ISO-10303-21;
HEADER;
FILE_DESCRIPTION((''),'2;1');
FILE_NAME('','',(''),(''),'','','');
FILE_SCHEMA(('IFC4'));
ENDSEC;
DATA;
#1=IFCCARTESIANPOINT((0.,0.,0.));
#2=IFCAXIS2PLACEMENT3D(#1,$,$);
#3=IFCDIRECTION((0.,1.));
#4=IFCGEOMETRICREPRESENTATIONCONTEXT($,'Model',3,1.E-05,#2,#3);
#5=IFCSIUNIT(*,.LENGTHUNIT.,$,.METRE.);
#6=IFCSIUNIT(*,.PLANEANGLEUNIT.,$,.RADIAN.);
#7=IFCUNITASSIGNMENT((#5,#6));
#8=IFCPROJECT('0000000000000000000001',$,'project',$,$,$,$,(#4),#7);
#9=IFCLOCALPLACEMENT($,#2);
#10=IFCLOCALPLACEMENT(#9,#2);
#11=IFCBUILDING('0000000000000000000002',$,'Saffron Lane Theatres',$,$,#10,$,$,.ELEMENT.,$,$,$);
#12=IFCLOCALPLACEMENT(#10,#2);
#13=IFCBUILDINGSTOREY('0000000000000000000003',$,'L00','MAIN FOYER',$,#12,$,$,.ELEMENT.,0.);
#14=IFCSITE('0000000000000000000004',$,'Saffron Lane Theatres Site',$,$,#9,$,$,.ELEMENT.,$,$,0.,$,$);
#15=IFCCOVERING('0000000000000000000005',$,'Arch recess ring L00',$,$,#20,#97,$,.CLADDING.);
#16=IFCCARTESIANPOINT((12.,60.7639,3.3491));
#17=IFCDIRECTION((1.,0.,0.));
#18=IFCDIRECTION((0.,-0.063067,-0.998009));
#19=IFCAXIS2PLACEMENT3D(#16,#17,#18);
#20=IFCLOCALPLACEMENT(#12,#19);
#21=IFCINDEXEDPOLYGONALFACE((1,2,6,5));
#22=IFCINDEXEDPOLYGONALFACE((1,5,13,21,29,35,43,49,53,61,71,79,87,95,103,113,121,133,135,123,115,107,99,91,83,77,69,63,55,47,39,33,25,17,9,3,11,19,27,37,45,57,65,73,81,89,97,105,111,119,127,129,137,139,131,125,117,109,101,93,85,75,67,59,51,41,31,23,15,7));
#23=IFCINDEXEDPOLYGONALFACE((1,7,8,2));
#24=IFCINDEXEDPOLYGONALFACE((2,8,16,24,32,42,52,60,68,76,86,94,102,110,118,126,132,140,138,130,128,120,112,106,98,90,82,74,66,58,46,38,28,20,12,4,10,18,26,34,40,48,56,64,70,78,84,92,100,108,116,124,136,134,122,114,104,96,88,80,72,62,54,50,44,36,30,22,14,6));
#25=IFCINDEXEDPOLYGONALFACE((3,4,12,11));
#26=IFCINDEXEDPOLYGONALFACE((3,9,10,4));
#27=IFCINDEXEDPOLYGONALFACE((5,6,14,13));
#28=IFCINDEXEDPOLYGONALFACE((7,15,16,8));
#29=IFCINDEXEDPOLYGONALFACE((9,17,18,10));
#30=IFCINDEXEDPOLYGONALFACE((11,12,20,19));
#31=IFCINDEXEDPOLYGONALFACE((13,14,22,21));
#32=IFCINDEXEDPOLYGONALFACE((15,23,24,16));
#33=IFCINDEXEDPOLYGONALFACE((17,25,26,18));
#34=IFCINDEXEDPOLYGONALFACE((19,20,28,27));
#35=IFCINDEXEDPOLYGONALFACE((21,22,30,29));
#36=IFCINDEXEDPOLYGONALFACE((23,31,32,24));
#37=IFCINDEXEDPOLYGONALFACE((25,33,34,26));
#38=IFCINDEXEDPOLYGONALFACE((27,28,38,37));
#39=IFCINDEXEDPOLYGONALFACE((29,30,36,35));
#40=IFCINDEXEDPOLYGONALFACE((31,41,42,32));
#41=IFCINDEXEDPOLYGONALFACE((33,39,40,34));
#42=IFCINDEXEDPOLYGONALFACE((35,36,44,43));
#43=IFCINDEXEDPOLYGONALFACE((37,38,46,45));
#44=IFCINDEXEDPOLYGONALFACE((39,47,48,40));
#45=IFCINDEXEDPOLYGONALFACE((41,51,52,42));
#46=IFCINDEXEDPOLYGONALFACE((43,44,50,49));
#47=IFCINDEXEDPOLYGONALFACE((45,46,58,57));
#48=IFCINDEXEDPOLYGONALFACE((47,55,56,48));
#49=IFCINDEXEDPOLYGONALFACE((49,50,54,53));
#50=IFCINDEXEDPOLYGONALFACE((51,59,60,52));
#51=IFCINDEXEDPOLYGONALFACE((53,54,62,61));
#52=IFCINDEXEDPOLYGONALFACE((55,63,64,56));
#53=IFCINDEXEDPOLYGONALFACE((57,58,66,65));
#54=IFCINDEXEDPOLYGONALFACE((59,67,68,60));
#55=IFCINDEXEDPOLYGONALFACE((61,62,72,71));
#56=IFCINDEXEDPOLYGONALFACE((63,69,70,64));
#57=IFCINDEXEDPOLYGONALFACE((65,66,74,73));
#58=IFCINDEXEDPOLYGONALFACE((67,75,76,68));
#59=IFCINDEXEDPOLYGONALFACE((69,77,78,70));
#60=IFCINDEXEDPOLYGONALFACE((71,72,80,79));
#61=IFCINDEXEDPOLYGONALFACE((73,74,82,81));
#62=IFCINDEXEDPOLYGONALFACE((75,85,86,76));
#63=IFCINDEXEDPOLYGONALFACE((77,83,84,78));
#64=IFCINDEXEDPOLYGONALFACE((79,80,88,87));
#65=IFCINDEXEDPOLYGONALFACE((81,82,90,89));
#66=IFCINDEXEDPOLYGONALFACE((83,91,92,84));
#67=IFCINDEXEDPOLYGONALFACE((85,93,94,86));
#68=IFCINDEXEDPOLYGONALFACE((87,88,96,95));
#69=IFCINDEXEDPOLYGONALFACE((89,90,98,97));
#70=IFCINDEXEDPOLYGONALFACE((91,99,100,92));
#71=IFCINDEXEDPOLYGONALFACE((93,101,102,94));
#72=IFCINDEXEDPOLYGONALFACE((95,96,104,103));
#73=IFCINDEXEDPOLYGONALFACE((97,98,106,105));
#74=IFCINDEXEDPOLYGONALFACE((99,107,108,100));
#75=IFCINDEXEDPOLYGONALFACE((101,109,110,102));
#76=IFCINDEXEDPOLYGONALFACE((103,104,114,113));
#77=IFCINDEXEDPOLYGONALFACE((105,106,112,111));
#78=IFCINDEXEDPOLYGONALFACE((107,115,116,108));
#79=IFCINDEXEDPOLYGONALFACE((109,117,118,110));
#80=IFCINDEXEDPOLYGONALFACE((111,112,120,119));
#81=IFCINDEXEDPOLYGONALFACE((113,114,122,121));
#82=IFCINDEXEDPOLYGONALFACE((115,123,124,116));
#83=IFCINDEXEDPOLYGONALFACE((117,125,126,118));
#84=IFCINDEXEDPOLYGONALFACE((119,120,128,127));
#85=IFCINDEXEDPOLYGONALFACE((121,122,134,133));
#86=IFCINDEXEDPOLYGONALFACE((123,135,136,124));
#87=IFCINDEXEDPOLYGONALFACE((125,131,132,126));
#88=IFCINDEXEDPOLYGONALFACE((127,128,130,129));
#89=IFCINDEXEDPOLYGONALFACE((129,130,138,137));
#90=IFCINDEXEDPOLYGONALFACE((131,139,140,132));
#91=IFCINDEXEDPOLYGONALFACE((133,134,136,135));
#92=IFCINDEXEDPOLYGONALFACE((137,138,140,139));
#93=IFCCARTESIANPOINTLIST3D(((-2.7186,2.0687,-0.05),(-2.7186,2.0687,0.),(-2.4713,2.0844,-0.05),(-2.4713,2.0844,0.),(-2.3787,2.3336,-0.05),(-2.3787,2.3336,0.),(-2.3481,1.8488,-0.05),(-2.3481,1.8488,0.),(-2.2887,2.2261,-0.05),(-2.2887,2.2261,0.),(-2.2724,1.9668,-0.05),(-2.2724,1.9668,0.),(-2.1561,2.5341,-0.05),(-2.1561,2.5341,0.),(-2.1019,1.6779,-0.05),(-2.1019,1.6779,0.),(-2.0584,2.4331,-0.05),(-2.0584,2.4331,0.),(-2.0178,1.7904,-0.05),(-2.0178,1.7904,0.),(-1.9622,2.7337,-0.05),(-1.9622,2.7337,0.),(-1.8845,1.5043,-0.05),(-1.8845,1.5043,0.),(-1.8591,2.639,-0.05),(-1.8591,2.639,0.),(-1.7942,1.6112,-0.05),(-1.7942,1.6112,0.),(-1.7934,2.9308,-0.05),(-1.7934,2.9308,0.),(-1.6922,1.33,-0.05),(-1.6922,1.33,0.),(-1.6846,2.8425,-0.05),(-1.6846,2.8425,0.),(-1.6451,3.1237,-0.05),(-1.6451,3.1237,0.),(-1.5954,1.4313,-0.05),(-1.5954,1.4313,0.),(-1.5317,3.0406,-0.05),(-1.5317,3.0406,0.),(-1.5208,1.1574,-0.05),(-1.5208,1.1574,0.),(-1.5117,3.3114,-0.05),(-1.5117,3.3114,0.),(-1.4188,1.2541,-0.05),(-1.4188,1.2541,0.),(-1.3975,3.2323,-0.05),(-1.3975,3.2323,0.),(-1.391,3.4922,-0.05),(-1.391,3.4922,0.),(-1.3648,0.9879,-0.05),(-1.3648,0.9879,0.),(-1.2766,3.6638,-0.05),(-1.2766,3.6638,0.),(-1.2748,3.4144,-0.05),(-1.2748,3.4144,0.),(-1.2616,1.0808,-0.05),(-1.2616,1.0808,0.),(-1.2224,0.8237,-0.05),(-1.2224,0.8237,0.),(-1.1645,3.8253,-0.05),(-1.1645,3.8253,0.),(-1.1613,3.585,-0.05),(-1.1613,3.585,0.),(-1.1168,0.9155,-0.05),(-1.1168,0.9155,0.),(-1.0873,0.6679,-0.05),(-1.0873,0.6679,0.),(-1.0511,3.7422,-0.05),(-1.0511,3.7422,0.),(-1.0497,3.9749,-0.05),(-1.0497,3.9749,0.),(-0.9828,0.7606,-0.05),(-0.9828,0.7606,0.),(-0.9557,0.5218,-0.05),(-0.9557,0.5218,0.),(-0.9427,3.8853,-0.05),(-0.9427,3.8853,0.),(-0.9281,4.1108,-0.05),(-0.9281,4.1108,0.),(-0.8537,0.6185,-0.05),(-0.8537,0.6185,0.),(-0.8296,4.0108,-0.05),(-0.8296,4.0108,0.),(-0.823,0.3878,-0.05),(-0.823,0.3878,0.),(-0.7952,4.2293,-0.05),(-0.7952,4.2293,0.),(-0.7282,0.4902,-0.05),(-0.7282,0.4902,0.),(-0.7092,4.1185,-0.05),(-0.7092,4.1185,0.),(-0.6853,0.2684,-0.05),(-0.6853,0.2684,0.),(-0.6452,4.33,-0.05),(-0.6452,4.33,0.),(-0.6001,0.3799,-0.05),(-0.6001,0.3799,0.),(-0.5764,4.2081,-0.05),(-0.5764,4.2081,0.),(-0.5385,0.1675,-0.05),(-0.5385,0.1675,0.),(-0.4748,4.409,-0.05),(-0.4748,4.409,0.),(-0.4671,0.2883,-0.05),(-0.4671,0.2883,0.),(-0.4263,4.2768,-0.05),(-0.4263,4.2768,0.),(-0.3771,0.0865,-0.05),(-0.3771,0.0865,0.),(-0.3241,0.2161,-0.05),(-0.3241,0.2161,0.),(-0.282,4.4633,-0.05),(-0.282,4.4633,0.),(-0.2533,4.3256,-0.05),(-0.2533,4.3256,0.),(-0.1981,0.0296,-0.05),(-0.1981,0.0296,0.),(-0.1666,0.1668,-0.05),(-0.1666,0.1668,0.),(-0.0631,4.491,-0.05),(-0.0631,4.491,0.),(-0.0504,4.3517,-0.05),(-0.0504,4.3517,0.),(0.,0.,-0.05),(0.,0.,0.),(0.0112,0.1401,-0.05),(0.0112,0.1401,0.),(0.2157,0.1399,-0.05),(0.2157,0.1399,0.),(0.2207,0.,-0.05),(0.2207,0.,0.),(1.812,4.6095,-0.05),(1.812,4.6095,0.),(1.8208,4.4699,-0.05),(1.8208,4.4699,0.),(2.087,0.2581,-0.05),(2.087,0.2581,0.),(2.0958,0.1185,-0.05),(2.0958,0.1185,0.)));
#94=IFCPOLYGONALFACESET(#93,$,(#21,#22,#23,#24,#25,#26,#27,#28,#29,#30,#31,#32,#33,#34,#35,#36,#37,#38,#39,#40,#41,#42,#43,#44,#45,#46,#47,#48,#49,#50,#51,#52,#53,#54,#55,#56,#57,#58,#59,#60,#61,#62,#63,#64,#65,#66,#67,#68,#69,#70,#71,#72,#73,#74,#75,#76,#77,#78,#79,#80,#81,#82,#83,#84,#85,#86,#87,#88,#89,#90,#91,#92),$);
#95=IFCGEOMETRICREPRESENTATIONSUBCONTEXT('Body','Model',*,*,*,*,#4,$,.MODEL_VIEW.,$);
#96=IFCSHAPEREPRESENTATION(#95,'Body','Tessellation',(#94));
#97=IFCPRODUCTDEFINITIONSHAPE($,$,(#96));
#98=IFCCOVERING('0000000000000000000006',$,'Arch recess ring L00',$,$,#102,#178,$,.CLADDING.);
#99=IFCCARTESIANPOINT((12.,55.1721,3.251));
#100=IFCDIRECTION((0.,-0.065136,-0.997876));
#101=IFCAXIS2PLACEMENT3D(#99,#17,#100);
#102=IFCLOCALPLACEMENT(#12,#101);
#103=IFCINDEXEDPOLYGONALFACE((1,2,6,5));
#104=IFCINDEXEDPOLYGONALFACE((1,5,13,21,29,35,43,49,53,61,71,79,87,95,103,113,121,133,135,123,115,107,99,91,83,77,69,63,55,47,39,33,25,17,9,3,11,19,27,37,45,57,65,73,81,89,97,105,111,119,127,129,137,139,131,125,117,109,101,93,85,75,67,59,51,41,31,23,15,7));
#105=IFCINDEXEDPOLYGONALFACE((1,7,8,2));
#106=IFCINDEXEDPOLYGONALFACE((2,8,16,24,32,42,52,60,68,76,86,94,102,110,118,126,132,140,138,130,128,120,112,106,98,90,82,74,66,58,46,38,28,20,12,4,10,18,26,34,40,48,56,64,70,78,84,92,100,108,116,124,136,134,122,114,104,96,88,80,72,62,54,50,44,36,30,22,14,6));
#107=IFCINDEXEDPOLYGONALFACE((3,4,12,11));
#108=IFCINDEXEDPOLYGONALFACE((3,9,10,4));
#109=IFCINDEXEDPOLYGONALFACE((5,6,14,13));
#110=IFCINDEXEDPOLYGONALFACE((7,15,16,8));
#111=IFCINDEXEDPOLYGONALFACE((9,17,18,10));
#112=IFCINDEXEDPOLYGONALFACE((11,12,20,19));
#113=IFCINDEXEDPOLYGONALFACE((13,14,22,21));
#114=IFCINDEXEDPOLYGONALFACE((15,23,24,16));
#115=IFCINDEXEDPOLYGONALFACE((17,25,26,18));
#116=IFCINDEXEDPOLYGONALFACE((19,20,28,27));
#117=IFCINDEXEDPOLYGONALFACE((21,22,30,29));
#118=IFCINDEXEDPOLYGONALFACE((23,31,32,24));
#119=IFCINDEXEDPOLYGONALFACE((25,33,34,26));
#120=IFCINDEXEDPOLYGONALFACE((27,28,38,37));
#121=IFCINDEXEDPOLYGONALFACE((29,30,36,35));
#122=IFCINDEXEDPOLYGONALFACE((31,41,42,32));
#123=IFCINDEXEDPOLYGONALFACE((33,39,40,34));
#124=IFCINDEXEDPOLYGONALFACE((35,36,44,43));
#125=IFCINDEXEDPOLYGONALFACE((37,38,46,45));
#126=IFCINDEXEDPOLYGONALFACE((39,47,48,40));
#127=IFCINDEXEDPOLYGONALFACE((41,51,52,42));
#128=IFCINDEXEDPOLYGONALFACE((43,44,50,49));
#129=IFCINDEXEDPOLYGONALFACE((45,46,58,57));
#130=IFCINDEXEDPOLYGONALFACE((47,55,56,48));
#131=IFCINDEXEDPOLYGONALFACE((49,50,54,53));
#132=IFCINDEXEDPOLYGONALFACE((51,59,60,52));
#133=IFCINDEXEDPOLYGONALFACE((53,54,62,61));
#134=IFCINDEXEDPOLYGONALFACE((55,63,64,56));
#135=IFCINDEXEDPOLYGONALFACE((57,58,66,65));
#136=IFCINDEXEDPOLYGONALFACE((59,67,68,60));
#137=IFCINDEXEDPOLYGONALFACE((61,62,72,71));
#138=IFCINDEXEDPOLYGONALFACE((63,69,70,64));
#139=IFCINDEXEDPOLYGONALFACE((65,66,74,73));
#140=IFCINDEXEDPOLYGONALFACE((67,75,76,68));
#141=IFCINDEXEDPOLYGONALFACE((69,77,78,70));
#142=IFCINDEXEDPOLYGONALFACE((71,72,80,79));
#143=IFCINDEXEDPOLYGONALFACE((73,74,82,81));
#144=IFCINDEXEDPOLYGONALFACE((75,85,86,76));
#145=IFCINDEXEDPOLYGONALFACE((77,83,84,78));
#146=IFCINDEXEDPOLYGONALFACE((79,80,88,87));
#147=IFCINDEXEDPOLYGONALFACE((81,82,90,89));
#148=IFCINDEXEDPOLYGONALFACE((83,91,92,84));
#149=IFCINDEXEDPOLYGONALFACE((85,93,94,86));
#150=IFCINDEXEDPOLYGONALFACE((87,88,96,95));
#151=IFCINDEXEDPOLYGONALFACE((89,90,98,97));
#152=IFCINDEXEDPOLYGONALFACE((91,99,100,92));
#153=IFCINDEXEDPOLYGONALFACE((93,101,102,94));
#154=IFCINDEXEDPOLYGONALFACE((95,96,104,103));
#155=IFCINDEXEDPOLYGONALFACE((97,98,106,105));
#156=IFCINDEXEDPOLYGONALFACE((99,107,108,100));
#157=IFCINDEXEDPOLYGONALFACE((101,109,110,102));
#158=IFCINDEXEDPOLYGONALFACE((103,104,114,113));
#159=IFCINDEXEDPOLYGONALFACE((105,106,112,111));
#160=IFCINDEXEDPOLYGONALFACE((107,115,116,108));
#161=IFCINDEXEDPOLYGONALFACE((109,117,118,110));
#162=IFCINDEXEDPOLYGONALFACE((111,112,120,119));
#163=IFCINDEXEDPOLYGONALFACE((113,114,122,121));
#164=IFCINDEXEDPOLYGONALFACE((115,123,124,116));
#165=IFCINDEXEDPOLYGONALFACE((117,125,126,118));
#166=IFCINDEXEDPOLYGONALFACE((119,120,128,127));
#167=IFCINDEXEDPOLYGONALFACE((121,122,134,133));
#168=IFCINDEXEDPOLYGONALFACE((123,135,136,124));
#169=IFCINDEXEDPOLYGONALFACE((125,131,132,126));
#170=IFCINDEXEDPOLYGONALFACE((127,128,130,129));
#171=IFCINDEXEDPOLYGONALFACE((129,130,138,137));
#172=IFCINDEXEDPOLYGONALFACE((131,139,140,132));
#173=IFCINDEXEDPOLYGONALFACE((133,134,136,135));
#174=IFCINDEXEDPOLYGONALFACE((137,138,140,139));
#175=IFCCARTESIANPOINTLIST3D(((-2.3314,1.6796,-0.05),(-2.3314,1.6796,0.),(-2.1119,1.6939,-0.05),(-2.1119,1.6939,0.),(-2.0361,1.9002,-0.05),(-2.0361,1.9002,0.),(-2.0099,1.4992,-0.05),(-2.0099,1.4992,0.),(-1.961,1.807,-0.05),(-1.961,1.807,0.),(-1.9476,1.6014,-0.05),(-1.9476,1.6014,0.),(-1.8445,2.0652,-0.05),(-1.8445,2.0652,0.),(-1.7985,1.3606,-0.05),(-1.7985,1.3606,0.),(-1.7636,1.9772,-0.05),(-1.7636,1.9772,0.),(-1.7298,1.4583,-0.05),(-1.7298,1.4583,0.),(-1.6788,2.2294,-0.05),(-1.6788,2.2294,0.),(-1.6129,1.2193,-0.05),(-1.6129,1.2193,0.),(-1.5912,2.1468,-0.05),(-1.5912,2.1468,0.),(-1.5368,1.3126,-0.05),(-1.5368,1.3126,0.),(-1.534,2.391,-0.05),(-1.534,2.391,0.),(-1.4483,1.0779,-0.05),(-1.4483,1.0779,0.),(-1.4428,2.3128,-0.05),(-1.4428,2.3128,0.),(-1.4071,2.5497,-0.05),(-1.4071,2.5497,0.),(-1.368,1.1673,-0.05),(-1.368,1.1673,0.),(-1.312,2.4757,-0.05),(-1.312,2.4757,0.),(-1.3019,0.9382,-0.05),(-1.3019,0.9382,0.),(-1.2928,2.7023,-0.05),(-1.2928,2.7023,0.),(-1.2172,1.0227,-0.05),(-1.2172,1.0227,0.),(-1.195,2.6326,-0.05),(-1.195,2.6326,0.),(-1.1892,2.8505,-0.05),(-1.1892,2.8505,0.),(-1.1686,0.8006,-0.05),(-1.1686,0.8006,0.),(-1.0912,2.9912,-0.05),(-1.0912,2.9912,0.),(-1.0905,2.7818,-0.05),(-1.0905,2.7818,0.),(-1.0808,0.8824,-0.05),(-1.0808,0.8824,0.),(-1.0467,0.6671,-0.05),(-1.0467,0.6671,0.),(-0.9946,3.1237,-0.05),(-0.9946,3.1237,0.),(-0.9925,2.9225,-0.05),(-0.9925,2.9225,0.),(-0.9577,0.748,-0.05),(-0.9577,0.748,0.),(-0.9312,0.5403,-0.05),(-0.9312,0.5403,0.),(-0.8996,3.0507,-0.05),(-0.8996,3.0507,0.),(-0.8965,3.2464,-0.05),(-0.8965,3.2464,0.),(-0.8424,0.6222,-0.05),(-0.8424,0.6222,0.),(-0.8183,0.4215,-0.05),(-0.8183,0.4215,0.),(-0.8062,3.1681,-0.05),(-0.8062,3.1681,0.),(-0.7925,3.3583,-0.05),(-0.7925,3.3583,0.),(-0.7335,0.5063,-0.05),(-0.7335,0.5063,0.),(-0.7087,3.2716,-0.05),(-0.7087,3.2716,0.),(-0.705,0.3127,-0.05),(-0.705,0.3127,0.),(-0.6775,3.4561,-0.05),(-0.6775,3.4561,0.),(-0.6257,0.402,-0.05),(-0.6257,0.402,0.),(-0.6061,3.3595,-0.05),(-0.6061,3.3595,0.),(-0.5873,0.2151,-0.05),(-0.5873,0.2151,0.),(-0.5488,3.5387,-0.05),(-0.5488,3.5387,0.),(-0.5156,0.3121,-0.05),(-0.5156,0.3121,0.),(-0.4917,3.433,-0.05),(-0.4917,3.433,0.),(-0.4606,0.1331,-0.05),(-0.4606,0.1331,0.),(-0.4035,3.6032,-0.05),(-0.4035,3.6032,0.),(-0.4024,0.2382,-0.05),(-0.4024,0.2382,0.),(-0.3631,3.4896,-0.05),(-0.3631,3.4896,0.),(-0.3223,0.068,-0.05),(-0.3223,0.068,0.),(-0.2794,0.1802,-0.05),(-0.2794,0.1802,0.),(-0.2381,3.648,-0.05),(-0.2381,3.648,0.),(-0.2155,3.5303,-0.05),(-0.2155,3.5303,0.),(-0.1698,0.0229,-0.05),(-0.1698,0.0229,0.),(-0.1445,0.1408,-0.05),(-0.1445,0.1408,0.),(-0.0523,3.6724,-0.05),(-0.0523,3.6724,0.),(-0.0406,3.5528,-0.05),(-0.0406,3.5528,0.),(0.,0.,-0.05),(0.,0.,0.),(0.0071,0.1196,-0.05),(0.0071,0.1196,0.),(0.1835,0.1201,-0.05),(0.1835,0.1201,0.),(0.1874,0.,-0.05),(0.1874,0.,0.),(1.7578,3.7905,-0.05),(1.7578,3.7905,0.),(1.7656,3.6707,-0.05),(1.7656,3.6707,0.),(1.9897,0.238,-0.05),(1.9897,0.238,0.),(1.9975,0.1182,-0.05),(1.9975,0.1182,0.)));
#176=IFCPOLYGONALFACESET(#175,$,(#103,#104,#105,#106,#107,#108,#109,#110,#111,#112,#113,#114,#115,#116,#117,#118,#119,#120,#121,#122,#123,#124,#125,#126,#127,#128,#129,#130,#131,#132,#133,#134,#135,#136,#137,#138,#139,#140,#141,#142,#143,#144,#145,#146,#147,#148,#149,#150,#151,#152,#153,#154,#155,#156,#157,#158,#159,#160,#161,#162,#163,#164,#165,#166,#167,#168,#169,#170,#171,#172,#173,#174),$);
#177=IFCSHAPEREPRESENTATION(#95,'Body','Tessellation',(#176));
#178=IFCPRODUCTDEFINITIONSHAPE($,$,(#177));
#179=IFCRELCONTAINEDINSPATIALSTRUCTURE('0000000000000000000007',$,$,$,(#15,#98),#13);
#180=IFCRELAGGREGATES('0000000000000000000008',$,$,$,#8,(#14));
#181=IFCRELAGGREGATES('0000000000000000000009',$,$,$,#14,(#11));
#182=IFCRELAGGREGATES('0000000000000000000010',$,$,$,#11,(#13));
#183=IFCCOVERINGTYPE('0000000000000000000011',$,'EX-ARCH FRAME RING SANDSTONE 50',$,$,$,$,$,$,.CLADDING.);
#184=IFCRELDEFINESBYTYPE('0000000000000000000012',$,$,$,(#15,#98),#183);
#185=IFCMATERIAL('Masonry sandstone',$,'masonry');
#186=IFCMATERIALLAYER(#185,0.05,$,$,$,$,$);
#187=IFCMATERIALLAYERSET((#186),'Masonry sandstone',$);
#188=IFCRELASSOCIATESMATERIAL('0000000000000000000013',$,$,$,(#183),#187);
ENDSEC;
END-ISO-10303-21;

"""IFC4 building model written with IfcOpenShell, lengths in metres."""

from ifc_helpers import new_model, si_unit, direction, frame, origin, place, context, subcontext, project, spatial, polyline, outline, extrude, material, layer, layer_set, type_object, element, save


model = new_model("IFC4")

# Units and contexts
model_context = context("Model", 3, precision=1e-05, world=origin(), true_north=direction((0.0, 1.0)))
body_context = subcontext(model_context, "Body", "Model", "MODEL_VIEW")
ifc_project = project(units=[si_unit("LENGTHUNIT", "METRE"), si_unit("PLANEANGLEUNIT", "RADIAN")], contexts=[model_context])

# Site, building, storey
site_placement = place(None, origin())
site = spatial("IfcSite", under=ifc_project, at=site_placement, Name="Saffron Lane Theatres Site", CompositionType="ELEMENT", RefElevation=0.0)
building_placement = place(site_placement, origin())
building = spatial("IfcBuilding", under=site, at=building_placement, Name="Saffron Lane Theatres", CompositionType="ELEMENT")
storey_placement = place(building_placement, origin())
storey = spatial("IfcBuildingStorey", under=building, at=storey_placement, Name="L00", Description="MAIN FOYER", CompositionType="ELEMENT", Elevation=0.0)

# Coverings
ifc_material_1 = material(Name="Masonry sandstone", Category="masonry")
ifc_layer_1 = layer(ifc_material_1, 0.05)
ifc_layer_set_1 = layer_set([ifc_layer_1], Name="Masonry sandstone")
covering_type_1 = type_object("IfcCoveringType", Name="EX-ARCH FRAME RING SANDSTONE 50", PredefinedType="CLADDING", material=ifc_layer_set_1)
covering_1_placement = place(storey_placement, frame((12.0, 60.7639, 3.3491), z_axis=(1.0, 0.0, 0.0), x_axis=(0.0, -0.063067, -0.998009)))
element("IfcCovering", 1, at=covering_1_placement, inside=storey, type_object=covering_type_1, Name="Arch recess ring L00", PredefinedType="CLADDING", context=body_context, shape_type="SweptSolid", body=[
    extrude(outline(polyline([(0.0, 0.0), (0.2207, 0.0), (2.0958, 0.1185), (2.087, 0.2581), (0.2157, 0.1399), (0.0112, 0.1401), (-0.1666, 0.1668), (-0.3241, 0.2161), (-0.4671, 0.2883), (-0.6001, 0.3799), (-0.7282, 0.4902), (-0.8537, 0.6185), (-0.9828, 0.7606), (-1.1168, 0.9155), (-1.2616, 1.0808), (-1.4188, 1.2541), (-1.5954, 1.4313), (-1.7942, 1.6112), (-2.0178, 1.7904), (-2.2724, 1.9668), (-2.4713, 2.0844), (-2.2887, 2.2261), (-2.0584, 2.4331), (-1.8591, 2.639), (-1.6846, 2.8425), (-1.5317, 3.0406), (-1.3975, 3.2323), (-1.2748, 3.4144), (-1.1613, 3.585), (-1.0511, 3.7422), (-0.9427, 3.8853), (-0.8296, 4.0108), (-0.7092, 4.1185), (-0.5764, 4.2081), (-0.4263, 4.2768), (-0.2533, 4.3256), (-0.0504, 4.3517), (1.8208, 4.4699), (1.812, 4.6095), (-0.0631, 4.491), (-0.282, 4.4633), (-0.4748, 4.409), (-0.6452, 4.33), (-0.7952, 4.2293), (-0.9281, 4.1108), (-1.0497, 3.9749), (-1.1645, 3.8253), (-1.2766, 3.6638), (-1.391, 3.4922), (-1.5117, 3.3114), (-1.6451, 3.1237), (-1.7934, 2.9308), (-1.9622, 2.7337), (-2.1561, 2.5341), (-2.3787, 2.3336), (-2.7186, 2.0687), (-2.3481, 1.8488), (-2.1019, 1.6779), (-1.8845, 1.5043), (-1.6922, 1.33), (-1.5208, 1.1574), (-1.3648, 0.9879), (-1.2224, 0.8237), (-1.0873, 0.6679), (-0.9557, 0.5218), (-0.823, 0.3878), (-0.6853, 0.2684), (-0.5385, 0.1675), (-0.3771, 0.0865), (-0.1981, 0.0296), (0.0, 0.0)])), origin(), (0.0, 0.0, -1.0), 0.05),
])
covering_2_placement = place(storey_placement, frame((12.0, 55.1721, 3.251), z_axis=(1.0, 0.0, 0.0), x_axis=(0.0, -0.065136, -0.997876)))
element("IfcCovering", 2, at=covering_2_placement, inside=storey, type_object=covering_type_1, Name="Arch recess ring L00", PredefinedType="CLADDING", context=body_context, shape_type="SweptSolid", body=[
    extrude(outline(polyline([(0.0, 0.0), (0.1874, 0.0), (1.9975, 0.1182), (1.9897, 0.238), (0.1835, 0.1201), (0.0071, 0.1196), (-0.1445, 0.1408), (-0.2794, 0.1802), (-0.4024, 0.2382), (-0.5156, 0.3121), (-0.6257, 0.402), (-0.7335, 0.5063), (-0.8424, 0.6222), (-0.9577, 0.748), (-1.0808, 0.8824), (-1.2172, 1.0227), (-1.368, 1.1673), (-1.5368, 1.3126), (-1.7298, 1.4583), (-1.9476, 1.6014), (-2.1119, 1.6939), (-1.961, 1.807), (-1.7636, 1.9772), (-1.5912, 2.1468), (-1.4428, 2.3128), (-1.312, 2.4757), (-1.195, 2.6326), (-1.0905, 2.7818), (-0.9925, 2.9225), (-0.8996, 3.0507), (-0.8062, 3.1681), (-0.7087, 3.2716), (-0.6061, 3.3595), (-0.4917, 3.433), (-0.3631, 3.4896), (-0.2155, 3.5303), (-0.0406, 3.5528), (1.7656, 3.6707), (1.7578, 3.7905), (-0.0523, 3.6724), (-0.2381, 3.648), (-0.4035, 3.6032), (-0.5488, 3.5387), (-0.6775, 3.4561), (-0.7925, 3.3583), (-0.8965, 3.2464), (-0.9946, 3.1237), (-1.0912, 2.9912), (-1.1892, 2.8505), (-1.2928, 2.7023), (-1.4071, 2.5497), (-1.534, 2.391), (-1.6788, 2.2294), (-1.8445, 2.0652), (-2.0361, 1.9002), (-2.3314, 1.6796), (-2.0099, 1.4992), (-1.7985, 1.3606), (-1.6129, 1.2193), (-1.4483, 1.0779), (-1.3019, 0.9382), (-1.1686, 0.8006), (-1.0467, 0.6671), (-0.9312, 0.5403), (-0.8183, 0.4215), (-0.705, 0.3127), (-0.5873, 0.2151), (-0.4606, 0.1331), (-0.3223, 0.068), (-0.1698, 0.0229), (0.0, 0.0)])), origin(), (0.0, 0.0, -1.0), 0.05),
])

save(model, "model.ifc")
